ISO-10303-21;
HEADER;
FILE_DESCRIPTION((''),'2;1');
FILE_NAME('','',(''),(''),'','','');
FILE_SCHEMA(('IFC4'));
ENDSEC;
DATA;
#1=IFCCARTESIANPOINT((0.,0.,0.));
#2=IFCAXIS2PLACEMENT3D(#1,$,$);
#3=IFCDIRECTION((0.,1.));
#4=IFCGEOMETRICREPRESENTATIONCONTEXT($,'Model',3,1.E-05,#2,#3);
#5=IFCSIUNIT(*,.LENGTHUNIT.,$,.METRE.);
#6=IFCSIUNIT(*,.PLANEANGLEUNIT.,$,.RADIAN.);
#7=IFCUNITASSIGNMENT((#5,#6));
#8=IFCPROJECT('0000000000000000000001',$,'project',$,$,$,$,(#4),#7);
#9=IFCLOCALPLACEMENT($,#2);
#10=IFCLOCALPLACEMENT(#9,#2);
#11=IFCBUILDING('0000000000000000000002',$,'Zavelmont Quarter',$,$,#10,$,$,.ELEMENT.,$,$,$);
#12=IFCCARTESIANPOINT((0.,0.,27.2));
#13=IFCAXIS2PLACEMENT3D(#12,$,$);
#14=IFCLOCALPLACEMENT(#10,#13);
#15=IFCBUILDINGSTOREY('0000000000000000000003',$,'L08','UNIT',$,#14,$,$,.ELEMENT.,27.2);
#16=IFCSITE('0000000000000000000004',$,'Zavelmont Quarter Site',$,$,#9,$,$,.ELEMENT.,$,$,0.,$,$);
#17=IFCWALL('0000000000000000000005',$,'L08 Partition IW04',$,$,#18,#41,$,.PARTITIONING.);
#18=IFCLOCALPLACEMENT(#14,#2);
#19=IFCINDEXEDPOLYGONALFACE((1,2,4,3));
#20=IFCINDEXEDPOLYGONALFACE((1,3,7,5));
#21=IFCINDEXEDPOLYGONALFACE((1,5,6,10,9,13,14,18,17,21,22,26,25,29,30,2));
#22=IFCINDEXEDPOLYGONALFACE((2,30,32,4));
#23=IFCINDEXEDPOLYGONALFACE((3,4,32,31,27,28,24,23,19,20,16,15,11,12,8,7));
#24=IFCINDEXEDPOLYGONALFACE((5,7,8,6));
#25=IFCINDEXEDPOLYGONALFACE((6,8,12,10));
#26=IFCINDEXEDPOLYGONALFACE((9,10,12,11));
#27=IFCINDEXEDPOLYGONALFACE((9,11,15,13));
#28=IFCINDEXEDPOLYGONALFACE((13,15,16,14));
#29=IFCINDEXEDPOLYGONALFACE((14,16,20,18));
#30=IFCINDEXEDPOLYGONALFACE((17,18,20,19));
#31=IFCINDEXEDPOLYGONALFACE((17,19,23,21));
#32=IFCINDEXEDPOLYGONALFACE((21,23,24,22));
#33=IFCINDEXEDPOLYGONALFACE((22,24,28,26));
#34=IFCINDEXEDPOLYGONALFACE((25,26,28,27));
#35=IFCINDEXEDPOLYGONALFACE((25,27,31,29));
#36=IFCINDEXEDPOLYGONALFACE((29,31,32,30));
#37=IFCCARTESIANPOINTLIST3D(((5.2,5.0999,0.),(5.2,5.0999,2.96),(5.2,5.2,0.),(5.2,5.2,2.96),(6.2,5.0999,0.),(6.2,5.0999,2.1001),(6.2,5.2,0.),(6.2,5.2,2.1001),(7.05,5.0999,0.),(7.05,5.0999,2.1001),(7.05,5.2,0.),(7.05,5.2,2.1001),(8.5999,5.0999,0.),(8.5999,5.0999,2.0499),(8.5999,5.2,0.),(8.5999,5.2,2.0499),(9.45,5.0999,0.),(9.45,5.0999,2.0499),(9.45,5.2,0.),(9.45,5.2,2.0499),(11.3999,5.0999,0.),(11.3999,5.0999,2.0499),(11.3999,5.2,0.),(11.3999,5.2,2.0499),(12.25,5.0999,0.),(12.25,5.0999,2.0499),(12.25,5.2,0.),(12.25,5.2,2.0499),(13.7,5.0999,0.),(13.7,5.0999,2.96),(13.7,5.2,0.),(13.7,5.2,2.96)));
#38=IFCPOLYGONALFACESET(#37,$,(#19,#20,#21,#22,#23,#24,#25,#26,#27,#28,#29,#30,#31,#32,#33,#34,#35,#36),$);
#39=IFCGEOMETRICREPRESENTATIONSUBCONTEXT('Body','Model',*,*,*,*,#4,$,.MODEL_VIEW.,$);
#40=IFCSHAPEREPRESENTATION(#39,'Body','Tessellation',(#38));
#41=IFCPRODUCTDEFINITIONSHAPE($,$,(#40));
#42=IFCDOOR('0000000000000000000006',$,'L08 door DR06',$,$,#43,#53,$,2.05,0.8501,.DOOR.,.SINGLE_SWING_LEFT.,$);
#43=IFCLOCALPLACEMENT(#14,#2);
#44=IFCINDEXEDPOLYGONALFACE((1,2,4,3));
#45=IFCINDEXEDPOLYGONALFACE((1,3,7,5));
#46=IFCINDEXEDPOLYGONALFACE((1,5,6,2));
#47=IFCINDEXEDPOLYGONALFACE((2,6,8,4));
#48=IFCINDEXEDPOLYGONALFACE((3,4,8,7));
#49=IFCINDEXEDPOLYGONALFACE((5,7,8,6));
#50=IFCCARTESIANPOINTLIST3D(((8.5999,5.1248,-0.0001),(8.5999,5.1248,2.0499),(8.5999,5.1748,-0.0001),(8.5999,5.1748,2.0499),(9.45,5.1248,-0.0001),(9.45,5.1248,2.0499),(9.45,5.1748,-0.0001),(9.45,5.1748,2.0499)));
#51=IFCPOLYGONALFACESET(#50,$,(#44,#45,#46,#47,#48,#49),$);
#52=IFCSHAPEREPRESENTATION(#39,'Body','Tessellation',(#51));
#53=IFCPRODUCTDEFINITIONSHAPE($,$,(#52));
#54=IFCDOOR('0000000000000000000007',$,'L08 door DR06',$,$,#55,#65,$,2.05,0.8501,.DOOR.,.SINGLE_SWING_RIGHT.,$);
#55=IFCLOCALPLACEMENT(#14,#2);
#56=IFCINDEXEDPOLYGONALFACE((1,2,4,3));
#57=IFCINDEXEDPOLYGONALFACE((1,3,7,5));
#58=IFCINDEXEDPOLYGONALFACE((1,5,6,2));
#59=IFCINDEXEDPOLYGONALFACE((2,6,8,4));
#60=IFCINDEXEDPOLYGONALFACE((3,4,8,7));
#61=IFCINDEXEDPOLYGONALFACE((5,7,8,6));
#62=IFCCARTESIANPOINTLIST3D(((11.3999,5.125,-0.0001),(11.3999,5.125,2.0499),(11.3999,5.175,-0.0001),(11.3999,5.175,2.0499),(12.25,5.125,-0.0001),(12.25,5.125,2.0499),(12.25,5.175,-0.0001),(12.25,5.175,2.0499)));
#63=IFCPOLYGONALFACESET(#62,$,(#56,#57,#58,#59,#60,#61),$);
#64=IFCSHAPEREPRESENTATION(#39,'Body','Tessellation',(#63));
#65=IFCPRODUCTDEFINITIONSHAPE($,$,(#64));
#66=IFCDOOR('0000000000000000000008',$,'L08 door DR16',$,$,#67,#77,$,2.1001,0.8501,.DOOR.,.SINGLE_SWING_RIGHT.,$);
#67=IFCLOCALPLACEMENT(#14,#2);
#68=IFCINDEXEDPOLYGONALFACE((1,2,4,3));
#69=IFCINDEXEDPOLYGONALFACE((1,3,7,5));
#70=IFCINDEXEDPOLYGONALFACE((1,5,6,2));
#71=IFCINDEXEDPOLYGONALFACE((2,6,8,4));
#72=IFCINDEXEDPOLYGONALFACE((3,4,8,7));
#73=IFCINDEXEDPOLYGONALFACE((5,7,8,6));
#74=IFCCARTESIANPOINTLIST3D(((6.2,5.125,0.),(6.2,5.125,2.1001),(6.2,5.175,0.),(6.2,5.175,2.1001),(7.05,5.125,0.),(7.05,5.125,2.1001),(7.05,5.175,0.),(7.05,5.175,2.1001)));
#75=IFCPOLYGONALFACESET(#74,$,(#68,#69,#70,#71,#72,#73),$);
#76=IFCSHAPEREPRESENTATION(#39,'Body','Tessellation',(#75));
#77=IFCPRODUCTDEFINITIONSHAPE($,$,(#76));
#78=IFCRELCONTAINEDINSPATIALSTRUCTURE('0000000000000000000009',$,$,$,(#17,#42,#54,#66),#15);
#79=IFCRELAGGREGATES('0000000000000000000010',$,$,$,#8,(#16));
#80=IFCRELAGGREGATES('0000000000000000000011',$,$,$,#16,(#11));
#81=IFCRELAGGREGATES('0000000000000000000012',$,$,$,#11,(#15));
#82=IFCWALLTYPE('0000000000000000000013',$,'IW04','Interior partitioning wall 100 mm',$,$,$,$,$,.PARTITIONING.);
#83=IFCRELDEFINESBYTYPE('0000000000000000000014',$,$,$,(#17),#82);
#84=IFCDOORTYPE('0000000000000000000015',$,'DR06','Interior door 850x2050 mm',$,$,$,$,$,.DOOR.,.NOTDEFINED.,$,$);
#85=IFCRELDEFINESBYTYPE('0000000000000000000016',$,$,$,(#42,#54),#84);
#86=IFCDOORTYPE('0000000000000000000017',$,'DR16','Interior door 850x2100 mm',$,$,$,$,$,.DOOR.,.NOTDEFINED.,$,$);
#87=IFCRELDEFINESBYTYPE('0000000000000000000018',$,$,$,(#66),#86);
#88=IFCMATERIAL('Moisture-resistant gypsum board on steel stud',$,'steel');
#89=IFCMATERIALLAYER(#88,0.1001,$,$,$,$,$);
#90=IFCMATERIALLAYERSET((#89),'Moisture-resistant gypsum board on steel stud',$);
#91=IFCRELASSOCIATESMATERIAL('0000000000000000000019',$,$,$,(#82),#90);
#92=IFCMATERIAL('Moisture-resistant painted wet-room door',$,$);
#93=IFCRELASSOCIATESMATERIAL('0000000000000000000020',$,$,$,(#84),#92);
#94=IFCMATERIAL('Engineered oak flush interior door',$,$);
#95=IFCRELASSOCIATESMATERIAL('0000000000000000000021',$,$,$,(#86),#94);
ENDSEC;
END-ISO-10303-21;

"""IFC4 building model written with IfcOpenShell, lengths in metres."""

from ifc_helpers import new_model, si_unit, direction, frame, frame_2d, origin, origin_with_axes, place, context, subcontext, project, spatial, rectangle, extrude, material, layer, layer_set, type_object, element, fill, save


model = new_model("IFC4")

# Units and contexts
model_context = context("Model", 3, precision=1e-05, world=origin(), true_north=direction((0.0, 1.0)))
body_context = subcontext(model_context, "Body", "Model", "MODEL_VIEW")
ifc_project = project(units=[si_unit("LENGTHUNIT", "METRE"), si_unit("PLANEANGLEUNIT", "RADIAN")], contexts=[model_context])

# Site, building, storey
site_placement = place(None, origin())
site = spatial("IfcSite", under=ifc_project, at=site_placement, Name="Zavelmont Quarter Site", CompositionType="ELEMENT", RefElevation=0.0)
building_placement = place(site_placement, origin())
building = spatial("IfcBuilding", under=site, at=building_placement, Name="Zavelmont Quarter", CompositionType="ELEMENT")
storey_placement = place(building_placement, frame((0.0, 0.0, 27.2)))
storey = spatial("IfcBuildingStorey", under=building, at=storey_placement, Name="L08", Description="UNIT", CompositionType="ELEMENT", Elevation=27.2)

# Shared definitions
ifc_material_1 = material(Name="Engineered oak flush interior door")

# Shared definitions
ifc_material_2 = material(Name="Moisture-resistant gypsum board on steel stud", Category="steel")
ifc_layer_1 = layer(ifc_material_2, 0.1001)
ifc_layer_set_1 = layer_set([ifc_layer_1], Name="Moisture-resistant gypsum board on steel stud")
wall_type_1 = type_object("IfcWallType", Name="IW04", Description="Interior partitioning wall 100 mm", PredefinedType="PARTITIONING", material=ifc_layer_set_1)

# Wall, openings, doors
wall_1_placement = place(storey_placement, frame((5.2, 5.1499, 0.0), z_axis=(0.0, 0.0, 1.0), x_axis=(1.0, 0.0, 0.0)))
wall_1 = element("IfcWall", 1, at=wall_1_placement, inside=storey, type_object=wall_type_1, Name="L08 Partition IW04", PredefinedType="PARTITIONING", context=body_context, shape_type="SweptSolid", body=[
    extrude(rectangle(XDim=8.5, YDim=0.1001, at=frame_2d((4.25, 0.0))), origin(), (0.0, 0.0, 1.0), 2.96),
])
opening_1_placement = place(wall_1_placement, frame((1.0, 0.0, 0.0)))
opening_1 = element("IfcOpeningElement", 2, at=opening_1_placement, cuts=wall_1, PredefinedType="OPENING", context=body_context, shape_type="SweptSolid", body=[
    extrude(rectangle(XDim=0.8501, YDim=2.1001, at=frame_2d((0.425, 1.05))), frame((0.0, 0.062, 0.0), z_axis=(0.0, -1.0, 0.0), x_axis=(1.0, 0.0, 0.0)), (0.0, 0.0, 1.0), 0.124),
])
opening_2_placement = place(wall_1_placement, frame((3.3999, 0.0, 0.0)))
opening_2 = element("IfcOpeningElement", 3, at=opening_2_placement, cuts=wall_1, PredefinedType="OPENING", context=body_context, shape_type="SweptSolid", body=[
    extrude(rectangle(XDim=0.8501, YDim=2.05, at=frame_2d((0.425, 1.0249))), frame((0.0, 0.062, 0.0), z_axis=(0.0, -1.0, 0.0), x_axis=(1.0, 0.0, 0.0)), (0.0, 0.0, 1.0), 0.124),
])
opening_3_placement = place(wall_1_placement, frame((6.2, 0.0, 0.0)))
opening_3 = element("IfcOpeningElement", 4, at=opening_3_placement, cuts=wall_1, PredefinedType="OPENING", context=body_context, shape_type="SweptSolid", body=[
    extrude(rectangle(XDim=0.8501, YDim=2.05, at=frame_2d((0.425, 1.0249))), frame((0.0, 0.062, 0.0), z_axis=(0.0, -1.0, 0.0), x_axis=(1.0, 0.0, 0.0)), (0.0, 0.0, 1.0), 0.124),
])
ifc_material_3 = material(Name="Moisture-resistant painted wet-room door")
door_type_1 = type_object("IfcDoorType", Name="DR06", Description="Interior door 850x2050 mm", OperationType="NOTDEFINED", PredefinedType="DOOR", material=ifc_material_3)
door_1_placement = place(opening_2_placement, origin_with_axes())
door_1 = element("IfcDoor", 5, at=door_1_placement, inside=storey, type_object=door_type_1, Name="L08 door DR06", OperationType="SINGLE_SWING_LEFT", OverallHeight=2.05, OverallWidth=0.8501, PredefinedType="DOOR", context=body_context, shape_type="SweptSolid", body=[
    extrude(rectangle(XDim=0.8501, YDim=2.05, at=frame_2d((0.425, 1.0249))), frame((0.0, 0.0249, 0.0), z_axis=(0.0, -1.0, 0.0), x_axis=(1.0, 0.0, 0.0)), (0.0, 0.0, 1.0), 0.05),
])
fill(opening_2, door_1)
door_2_placement = place(opening_3_placement, frame((0.8501, 0.0, 0.0), z_axis=(0.0, 0.0, 1.0), x_axis=(-1.0, 0.0, 0.0)))
door_2 = element("IfcDoor", 6, at=door_2_placement, inside=storey, type_object=door_type_1, Name="L08 door DR06", OperationType="SINGLE_SWING_RIGHT", OverallHeight=2.05, OverallWidth=0.8501, PredefinedType="DOOR", context=body_context, shape_type="SweptSolid", body=[
    extrude(rectangle(XDim=0.8501, YDim=2.05, at=frame_2d((0.425, 1.0249))), frame((0.0, 0.0249, 0.0), z_axis=(0.0, -1.0, 0.0), x_axis=(1.0, 0.0, 0.0)), (0.0, 0.0, 1.0), 0.05),
])
fill(opening_3, door_2)
door_type_2 = type_object("IfcDoorType", Name="DR16", Description="Interior door 850x2100 mm", OperationType="NOTDEFINED", PredefinedType="DOOR", material=ifc_material_1)
door_3_placement = place(opening_1_placement, frame((0.8501, 0.0, 0.0), z_axis=(0.0, 0.0, 1.0), x_axis=(-1.0, 0.0, 0.0)))
door_3 = element("IfcDoor", 7, at=door_3_placement, inside=storey, type_object=door_type_2, Name="L08 door DR16", OperationType="SINGLE_SWING_RIGHT", OverallHeight=2.1001, OverallWidth=0.8501, PredefinedType="DOOR", context=body_context, shape_type="SweptSolid", body=[
    extrude(rectangle(XDim=0.8501, YDim=2.1001, at=frame_2d((0.425, 1.05))), frame((0.0, 0.0249, 0.0), z_axis=(0.0, -1.0, 0.0), x_axis=(1.0, 0.0, 0.0)), (0.0, 0.0, 1.0), 0.05),
])
fill(opening_1, door_3)

save(model, "model.ifc")
